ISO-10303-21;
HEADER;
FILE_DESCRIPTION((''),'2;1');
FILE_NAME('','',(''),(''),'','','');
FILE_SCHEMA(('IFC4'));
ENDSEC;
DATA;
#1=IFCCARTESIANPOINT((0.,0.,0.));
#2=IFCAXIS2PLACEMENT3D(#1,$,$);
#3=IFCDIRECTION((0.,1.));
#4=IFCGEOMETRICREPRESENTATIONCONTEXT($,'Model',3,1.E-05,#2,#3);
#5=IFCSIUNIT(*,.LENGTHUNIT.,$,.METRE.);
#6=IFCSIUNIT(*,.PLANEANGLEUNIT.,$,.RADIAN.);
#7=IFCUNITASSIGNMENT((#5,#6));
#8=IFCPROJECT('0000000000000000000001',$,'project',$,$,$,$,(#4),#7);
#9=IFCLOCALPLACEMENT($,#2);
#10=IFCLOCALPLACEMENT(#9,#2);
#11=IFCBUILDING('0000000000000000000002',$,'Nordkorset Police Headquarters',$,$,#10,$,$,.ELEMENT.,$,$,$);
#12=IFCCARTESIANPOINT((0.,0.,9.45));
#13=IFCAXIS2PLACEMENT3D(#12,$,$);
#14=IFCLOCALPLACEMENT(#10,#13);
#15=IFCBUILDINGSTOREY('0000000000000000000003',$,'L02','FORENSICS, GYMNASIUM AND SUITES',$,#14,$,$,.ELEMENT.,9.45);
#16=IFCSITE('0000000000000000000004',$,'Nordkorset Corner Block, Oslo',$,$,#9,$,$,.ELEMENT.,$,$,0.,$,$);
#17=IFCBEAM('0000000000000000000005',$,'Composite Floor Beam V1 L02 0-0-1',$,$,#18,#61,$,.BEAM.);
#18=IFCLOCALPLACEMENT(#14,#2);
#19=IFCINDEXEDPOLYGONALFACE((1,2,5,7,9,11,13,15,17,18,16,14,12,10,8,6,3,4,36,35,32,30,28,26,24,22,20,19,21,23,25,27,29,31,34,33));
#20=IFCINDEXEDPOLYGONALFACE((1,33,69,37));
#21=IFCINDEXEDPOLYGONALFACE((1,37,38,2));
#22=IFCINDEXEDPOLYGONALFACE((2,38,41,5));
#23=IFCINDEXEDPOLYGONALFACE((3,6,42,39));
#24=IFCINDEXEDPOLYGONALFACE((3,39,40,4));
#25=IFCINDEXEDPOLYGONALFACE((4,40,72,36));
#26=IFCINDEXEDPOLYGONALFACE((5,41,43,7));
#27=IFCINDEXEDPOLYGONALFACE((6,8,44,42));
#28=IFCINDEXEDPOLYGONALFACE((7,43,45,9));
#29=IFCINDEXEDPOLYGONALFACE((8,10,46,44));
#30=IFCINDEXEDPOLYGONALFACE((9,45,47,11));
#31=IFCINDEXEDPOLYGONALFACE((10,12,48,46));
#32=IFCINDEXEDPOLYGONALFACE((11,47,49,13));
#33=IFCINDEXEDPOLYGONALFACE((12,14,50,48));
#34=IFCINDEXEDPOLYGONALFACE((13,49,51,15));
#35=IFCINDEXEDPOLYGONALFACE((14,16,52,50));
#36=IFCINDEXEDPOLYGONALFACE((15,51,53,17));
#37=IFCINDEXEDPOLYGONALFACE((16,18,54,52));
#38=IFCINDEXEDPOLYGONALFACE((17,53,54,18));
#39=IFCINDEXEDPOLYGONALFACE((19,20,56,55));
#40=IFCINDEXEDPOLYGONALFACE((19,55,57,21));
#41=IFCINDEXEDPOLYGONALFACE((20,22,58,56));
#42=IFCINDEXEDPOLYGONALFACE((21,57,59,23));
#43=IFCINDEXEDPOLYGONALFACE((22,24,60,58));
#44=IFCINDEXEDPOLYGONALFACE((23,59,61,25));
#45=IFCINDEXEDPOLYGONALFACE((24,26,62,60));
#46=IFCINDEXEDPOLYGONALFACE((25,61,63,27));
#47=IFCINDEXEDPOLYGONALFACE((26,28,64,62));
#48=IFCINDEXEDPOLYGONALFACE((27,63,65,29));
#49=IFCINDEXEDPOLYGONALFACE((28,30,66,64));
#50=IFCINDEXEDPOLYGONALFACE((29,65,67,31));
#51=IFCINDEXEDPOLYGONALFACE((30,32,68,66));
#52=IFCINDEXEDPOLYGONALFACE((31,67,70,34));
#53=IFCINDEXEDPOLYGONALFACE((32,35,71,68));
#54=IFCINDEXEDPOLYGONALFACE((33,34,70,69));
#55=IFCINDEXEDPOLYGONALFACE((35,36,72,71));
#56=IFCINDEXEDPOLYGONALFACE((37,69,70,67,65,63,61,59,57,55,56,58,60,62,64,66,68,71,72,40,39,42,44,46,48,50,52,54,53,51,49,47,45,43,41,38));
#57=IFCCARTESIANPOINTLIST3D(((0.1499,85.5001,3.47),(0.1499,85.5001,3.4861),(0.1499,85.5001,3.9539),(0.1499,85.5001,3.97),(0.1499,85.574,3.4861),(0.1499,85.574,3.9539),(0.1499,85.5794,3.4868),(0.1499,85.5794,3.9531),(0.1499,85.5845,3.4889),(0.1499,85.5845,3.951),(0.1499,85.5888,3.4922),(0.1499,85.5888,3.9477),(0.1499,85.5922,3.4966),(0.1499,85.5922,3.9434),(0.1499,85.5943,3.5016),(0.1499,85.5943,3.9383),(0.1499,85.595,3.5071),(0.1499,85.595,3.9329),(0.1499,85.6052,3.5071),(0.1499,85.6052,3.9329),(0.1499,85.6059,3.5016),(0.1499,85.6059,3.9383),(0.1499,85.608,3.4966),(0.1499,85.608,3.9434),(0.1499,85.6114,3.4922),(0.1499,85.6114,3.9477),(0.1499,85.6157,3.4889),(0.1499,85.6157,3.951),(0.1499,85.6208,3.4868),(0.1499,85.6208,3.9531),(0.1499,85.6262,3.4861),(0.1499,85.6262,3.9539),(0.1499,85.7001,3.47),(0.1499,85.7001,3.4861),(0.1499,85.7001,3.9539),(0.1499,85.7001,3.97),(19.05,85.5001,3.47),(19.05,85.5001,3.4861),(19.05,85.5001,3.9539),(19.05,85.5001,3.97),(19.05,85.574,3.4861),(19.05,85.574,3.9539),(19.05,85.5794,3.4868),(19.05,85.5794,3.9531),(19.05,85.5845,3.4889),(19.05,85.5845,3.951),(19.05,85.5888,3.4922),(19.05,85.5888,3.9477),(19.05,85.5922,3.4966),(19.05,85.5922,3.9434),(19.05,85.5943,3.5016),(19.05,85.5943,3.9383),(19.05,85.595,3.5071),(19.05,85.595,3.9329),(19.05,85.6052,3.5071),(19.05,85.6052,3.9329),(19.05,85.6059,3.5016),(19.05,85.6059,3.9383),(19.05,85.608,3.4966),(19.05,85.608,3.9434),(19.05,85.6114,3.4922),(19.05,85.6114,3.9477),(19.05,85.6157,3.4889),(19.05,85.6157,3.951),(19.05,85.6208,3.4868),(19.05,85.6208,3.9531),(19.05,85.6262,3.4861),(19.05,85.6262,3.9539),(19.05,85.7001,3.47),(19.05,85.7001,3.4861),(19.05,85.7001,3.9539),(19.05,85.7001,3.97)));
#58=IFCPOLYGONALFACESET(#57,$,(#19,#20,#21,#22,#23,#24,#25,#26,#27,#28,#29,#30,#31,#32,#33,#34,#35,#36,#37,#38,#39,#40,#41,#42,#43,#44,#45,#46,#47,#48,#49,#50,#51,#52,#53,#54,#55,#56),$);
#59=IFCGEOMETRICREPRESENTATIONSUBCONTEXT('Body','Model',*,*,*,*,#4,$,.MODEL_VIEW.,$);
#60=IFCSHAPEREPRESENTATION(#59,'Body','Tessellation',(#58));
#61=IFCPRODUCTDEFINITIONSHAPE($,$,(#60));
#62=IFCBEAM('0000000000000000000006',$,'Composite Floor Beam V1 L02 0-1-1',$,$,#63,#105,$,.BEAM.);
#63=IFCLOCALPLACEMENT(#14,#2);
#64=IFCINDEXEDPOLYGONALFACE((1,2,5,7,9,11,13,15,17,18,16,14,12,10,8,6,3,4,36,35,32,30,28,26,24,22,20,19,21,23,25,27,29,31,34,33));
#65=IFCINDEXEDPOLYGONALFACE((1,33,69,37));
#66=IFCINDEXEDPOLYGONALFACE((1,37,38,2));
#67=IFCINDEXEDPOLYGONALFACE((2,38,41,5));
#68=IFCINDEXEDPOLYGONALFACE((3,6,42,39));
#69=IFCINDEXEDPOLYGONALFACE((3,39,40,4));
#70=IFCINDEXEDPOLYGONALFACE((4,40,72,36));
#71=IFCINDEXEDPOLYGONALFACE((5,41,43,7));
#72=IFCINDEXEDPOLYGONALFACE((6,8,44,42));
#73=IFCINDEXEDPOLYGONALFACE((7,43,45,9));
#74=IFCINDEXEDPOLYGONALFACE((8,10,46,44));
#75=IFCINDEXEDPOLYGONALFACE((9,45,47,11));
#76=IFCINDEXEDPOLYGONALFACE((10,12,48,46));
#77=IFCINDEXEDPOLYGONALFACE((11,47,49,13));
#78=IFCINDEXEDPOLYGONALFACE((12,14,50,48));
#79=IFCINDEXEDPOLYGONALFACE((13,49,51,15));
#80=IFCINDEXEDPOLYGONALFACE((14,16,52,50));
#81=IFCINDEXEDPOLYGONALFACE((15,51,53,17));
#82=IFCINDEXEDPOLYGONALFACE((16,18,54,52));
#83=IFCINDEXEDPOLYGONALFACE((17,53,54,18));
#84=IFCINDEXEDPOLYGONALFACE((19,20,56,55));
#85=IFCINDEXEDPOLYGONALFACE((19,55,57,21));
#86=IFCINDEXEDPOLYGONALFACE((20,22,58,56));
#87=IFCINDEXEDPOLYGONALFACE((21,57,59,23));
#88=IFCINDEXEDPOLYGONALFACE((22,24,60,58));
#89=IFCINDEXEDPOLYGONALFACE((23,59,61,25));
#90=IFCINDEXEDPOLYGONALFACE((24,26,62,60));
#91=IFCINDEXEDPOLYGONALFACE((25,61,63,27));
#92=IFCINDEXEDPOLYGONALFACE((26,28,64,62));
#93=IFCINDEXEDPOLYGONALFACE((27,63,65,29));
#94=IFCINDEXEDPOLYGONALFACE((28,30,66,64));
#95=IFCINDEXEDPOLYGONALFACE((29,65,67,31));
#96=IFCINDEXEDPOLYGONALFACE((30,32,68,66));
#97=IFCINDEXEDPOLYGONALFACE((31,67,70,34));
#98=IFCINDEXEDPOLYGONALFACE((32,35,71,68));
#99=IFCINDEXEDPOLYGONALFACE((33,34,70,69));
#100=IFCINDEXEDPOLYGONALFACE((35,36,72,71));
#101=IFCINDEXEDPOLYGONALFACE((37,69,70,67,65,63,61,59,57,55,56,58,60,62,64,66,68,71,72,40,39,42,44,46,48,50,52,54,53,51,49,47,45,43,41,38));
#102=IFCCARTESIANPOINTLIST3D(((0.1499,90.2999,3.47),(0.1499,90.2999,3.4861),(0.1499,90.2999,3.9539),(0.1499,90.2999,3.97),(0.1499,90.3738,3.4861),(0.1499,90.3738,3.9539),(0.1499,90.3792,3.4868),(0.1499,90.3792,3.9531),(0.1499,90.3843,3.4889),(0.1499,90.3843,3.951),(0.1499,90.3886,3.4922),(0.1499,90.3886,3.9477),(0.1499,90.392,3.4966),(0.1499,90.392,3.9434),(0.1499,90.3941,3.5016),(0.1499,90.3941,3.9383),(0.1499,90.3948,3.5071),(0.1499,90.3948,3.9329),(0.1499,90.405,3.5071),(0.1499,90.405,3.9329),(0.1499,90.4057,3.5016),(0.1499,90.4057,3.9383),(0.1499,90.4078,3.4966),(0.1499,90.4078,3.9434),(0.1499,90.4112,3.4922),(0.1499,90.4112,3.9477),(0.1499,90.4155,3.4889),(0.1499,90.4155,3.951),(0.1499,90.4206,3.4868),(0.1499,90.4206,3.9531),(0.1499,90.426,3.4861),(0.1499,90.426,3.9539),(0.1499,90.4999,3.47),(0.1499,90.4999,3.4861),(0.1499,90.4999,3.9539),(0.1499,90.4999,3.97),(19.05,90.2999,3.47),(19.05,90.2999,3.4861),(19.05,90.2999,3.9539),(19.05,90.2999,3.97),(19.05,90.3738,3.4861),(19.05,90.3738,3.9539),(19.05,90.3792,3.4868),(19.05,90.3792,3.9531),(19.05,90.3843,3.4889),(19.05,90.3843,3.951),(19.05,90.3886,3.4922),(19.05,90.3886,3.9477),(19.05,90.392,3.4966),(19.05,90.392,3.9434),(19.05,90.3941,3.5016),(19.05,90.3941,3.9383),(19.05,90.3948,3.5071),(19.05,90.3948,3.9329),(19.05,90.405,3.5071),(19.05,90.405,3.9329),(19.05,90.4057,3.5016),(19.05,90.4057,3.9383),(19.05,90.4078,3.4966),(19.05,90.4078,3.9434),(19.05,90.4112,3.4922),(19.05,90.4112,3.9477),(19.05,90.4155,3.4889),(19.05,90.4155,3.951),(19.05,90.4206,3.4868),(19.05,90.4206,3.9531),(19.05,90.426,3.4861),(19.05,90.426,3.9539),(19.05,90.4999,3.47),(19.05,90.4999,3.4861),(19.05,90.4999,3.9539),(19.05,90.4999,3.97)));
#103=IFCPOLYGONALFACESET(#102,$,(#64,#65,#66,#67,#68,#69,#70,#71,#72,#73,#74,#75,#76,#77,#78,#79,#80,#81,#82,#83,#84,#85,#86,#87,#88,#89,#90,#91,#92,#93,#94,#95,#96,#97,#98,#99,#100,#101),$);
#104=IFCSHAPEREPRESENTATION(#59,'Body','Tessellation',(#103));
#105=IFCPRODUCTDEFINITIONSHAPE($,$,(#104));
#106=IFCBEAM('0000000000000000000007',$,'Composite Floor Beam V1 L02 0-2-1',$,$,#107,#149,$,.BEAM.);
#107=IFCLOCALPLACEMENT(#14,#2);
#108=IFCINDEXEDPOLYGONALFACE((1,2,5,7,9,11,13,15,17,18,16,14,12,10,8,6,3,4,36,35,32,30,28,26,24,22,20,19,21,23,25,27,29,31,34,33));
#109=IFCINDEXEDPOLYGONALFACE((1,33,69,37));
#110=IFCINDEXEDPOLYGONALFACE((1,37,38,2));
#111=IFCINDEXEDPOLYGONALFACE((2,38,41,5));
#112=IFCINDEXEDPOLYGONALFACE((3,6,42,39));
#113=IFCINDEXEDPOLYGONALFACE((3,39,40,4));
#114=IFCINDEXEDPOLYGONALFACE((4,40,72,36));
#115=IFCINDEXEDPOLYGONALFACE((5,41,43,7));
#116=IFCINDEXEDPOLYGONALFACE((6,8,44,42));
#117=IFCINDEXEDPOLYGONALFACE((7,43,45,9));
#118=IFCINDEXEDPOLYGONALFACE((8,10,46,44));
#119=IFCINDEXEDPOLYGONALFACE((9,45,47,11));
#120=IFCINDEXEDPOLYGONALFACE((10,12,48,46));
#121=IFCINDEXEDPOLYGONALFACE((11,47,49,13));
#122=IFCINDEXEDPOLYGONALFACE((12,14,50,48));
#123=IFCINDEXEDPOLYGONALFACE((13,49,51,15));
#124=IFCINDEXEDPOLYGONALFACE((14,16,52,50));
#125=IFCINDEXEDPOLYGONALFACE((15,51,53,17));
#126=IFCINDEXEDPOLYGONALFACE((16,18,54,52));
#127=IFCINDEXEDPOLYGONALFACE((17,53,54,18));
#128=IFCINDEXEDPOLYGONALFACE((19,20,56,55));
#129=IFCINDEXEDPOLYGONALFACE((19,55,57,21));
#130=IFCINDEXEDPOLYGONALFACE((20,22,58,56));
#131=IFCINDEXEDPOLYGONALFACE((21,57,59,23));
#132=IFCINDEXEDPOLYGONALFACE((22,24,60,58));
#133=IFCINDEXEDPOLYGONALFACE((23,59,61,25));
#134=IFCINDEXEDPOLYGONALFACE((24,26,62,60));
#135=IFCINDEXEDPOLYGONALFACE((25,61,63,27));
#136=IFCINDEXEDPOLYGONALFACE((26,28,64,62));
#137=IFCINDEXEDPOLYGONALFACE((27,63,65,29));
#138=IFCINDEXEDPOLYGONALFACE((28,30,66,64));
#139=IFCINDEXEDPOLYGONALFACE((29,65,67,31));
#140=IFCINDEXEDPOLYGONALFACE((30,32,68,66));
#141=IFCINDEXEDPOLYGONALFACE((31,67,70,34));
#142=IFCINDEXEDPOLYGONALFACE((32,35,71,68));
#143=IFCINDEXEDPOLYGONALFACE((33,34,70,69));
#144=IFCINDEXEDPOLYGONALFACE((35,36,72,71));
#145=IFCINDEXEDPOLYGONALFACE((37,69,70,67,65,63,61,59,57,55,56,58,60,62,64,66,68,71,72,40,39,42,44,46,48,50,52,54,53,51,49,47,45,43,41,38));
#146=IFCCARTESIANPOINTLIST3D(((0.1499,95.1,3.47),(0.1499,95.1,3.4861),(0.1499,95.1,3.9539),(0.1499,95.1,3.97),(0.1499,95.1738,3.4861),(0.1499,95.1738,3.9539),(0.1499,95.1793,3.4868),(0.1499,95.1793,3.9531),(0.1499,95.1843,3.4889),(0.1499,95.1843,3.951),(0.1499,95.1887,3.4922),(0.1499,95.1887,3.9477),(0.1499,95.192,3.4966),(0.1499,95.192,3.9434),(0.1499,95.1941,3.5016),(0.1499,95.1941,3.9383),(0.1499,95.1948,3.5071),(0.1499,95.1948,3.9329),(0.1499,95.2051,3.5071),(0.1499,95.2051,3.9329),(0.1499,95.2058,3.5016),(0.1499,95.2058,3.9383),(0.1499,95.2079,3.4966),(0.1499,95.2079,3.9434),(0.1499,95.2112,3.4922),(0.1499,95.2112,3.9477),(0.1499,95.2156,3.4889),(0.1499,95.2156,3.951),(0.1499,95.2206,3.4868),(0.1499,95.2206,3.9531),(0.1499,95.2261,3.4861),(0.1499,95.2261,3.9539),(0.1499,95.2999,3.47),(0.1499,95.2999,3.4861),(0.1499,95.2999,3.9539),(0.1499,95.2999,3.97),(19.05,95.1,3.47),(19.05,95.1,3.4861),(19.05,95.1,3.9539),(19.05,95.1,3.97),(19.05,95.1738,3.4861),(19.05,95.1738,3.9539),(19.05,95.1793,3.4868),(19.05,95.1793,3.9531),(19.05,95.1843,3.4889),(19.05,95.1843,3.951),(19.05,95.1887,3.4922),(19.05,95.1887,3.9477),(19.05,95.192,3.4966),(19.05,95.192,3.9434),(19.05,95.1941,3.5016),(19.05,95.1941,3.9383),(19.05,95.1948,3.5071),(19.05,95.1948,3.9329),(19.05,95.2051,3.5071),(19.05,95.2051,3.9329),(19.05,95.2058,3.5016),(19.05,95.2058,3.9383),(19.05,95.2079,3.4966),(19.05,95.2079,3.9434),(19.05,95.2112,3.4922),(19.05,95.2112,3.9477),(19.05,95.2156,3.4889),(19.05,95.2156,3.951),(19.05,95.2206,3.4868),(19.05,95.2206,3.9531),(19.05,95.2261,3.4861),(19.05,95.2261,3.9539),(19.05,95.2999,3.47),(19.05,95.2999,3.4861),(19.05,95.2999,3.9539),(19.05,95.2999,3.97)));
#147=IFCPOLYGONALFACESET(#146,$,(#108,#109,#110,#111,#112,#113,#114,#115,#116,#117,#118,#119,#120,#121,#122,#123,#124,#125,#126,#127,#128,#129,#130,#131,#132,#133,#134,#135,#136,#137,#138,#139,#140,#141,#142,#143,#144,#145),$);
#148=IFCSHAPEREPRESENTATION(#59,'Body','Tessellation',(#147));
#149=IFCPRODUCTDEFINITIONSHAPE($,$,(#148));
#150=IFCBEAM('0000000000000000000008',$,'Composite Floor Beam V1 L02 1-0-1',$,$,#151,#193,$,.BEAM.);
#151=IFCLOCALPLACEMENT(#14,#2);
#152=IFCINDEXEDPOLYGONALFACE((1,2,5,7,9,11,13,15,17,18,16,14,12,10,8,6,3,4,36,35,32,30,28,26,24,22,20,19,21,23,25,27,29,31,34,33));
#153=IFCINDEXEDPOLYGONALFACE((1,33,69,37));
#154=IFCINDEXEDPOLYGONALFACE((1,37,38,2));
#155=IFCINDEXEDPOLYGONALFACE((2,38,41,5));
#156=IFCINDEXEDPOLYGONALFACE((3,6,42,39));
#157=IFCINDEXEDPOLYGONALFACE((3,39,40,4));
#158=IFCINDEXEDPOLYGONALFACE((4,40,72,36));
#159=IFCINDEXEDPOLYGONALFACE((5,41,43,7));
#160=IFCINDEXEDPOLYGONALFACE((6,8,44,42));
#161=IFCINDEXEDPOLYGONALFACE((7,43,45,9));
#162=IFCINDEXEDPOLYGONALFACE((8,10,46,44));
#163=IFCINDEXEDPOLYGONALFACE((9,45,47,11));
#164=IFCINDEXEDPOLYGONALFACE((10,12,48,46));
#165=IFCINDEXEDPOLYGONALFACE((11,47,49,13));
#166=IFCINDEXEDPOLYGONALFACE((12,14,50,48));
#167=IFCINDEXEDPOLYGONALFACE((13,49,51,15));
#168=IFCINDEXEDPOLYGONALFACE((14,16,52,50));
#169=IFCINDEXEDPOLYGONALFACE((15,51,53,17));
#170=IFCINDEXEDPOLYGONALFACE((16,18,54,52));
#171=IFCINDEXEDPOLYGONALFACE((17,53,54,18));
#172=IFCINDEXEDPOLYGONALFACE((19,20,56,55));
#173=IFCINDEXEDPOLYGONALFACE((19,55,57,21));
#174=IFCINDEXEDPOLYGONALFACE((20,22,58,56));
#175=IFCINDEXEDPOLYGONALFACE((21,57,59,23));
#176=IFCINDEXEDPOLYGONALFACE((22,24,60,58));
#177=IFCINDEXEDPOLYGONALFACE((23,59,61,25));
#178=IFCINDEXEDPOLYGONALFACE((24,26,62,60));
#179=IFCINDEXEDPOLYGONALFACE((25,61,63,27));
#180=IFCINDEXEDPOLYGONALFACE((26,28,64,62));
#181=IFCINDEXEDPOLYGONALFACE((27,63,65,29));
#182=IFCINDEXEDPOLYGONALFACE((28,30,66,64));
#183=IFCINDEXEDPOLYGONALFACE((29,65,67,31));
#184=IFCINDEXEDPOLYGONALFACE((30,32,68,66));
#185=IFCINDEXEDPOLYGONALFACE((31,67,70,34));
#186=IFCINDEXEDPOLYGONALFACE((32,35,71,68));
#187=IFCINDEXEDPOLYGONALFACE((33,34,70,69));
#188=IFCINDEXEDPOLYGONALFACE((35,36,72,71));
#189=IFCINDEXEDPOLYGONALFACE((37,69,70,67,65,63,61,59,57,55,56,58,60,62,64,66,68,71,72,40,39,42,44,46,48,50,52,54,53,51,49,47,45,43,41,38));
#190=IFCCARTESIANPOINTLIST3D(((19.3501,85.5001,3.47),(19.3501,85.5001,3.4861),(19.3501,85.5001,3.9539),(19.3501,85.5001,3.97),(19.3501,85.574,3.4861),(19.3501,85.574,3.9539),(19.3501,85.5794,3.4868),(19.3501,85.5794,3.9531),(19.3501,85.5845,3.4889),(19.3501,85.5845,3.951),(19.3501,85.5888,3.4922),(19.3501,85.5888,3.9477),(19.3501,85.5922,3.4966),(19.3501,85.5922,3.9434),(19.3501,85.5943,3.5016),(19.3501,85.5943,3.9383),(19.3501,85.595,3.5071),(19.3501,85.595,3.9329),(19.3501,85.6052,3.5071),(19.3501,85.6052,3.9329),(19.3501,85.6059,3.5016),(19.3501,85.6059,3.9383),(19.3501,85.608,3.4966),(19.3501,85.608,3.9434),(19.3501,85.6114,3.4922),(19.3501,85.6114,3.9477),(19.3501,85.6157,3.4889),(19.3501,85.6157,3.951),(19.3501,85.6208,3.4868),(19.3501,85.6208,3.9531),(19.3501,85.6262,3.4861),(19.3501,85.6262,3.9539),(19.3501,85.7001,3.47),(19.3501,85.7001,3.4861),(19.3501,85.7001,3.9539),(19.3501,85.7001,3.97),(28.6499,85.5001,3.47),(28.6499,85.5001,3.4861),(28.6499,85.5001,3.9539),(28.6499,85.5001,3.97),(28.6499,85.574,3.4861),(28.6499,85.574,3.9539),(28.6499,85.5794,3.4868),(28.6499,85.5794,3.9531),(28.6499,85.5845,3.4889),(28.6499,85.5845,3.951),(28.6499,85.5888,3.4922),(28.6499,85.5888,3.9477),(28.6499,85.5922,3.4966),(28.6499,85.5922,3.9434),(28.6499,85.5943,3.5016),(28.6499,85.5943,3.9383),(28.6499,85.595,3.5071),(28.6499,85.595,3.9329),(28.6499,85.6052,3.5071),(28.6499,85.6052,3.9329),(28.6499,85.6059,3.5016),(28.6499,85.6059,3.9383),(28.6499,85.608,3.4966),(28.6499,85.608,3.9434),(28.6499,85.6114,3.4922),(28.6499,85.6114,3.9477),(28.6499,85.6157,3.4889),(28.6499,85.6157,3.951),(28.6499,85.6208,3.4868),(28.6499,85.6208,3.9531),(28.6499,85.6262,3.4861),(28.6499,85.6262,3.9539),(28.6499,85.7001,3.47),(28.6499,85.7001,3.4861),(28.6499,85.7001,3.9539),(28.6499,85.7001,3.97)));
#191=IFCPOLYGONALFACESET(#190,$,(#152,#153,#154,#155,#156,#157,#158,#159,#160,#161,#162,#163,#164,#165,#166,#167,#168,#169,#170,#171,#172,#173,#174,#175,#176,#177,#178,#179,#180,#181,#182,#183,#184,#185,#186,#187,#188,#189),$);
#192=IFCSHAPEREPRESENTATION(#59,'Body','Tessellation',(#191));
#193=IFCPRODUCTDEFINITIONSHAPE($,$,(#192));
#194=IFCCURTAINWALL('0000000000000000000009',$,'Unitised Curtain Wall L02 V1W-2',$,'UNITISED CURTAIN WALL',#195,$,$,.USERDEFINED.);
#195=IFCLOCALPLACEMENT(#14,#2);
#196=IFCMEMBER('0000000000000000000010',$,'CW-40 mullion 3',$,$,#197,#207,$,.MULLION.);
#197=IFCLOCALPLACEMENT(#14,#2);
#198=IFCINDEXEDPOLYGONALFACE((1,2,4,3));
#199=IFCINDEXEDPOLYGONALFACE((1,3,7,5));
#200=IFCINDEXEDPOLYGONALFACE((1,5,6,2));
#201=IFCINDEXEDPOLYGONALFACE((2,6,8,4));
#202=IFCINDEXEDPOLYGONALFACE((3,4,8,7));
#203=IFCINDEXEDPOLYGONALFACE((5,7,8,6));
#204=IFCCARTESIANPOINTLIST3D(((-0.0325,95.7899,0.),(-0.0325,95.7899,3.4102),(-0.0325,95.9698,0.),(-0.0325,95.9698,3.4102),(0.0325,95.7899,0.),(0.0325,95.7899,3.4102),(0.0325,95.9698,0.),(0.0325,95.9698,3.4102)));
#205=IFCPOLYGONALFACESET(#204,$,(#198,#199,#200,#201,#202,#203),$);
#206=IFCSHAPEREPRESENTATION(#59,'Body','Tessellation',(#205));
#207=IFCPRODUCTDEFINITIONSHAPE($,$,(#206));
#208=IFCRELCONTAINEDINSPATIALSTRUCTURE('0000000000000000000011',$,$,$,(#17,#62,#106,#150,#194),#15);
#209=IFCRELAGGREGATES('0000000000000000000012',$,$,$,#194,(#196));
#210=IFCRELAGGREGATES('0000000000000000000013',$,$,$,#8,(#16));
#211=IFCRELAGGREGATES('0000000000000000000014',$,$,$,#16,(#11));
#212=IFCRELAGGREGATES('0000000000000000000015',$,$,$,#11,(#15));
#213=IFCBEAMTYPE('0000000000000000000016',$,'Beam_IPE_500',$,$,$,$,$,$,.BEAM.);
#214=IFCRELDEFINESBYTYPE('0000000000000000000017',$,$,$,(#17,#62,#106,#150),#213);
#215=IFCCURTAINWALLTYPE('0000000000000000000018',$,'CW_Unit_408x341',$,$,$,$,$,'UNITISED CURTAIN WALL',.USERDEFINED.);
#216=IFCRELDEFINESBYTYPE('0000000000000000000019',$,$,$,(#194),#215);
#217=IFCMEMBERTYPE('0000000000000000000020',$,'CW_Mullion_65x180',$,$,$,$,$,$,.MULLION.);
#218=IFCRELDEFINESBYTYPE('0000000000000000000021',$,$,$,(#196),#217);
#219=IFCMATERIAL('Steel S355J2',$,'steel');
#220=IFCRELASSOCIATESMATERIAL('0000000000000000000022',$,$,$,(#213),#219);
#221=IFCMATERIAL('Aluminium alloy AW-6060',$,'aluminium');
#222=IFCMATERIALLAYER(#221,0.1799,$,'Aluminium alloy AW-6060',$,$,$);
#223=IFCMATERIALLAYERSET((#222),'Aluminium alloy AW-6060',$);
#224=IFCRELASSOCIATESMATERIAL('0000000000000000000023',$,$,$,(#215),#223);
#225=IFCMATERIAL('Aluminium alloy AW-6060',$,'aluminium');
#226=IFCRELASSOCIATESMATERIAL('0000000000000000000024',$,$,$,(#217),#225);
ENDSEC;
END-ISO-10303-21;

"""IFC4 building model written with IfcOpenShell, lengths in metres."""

from ifc_helpers import new_model, si_unit, direction, frame, origin, origin_2d, place, context, subcontext, project, spatial, rectangle, i_section, extrude, material, layer, layer_set, material_profile, profile_set, type_object, element, aggregate, save


model = new_model("IFC4")

# Units and contexts
model_context = context("Model", 3, precision=1e-05, world=origin(), true_north=direction((0.0, 1.0)))
body_context = subcontext(model_context, "Body", "Model", "MODEL_VIEW")
ifc_project = project(units=[si_unit("LENGTHUNIT", "METRE"), si_unit("PLANEANGLEUNIT", "RADIAN")], contexts=[model_context])

# Site, building, storey
site_placement = place(None, origin())
site = spatial("IfcSite", under=ifc_project, at=site_placement, Name="Nordkorset Corner Block, Oslo", CompositionType="ELEMENT", RefElevation=0.0)
building_placement = place(site_placement, origin())
building = spatial("IfcBuilding", under=site, at=building_placement, Name="Nordkorset Police Headquarters", CompositionType="ELEMENT")
storey_placement = place(building_placement, frame((0.0, 0.0, 9.45)))
storey = spatial("IfcBuildingStorey", under=building, at=storey_placement, Name="L02", Description="FORENSICS, GYMNASIUM AND SUITES", CompositionType="ELEMENT", Elevation=9.45)

# Beams
ifc_material_1 = material(Name="Steel S355J2", Category="steel")
ifc_material_profile_1 = material_profile(ifc_material_1, i_section(OverallWidth=0.2, OverallDepth=0.5, WebThickness=0.0103, FlangeThickness=0.0161, FilletRadius=0.021, at=origin_2d()), Name="IPE 500")
ifc_profile_set_1 = profile_set([ifc_material_profile_1], Name="Steel S355J2")
beam_type_1 = type_object("IfcBeamType", Name="Beam_IPE_500", PredefinedType="BEAM", material=ifc_profile_set_1)
for number, where, z_axis, x_axis, name in (
    (1, (0.1499, 85.6001, 3.72), (1.0, 0.0, 0.0), (0.0, 1.0, 0.0), "Composite Floor Beam V1 L02 0-0-1"),
    (2, (0.1499, 90.3999, 3.72), (1.0, 0.0, 0.0), (0.0, 1.0, 0.0), "Composite Floor Beam V1 L02 0-1-1"),
    (3, (0.1499, 95.2, 3.72), (1.0, 0.0, 0.0), (0.0, 1.0, 0.0), "Composite Floor Beam V1 L02 0-2-1"),
):
    element("IfcBeam", number, at=place(storey_placement, frame(where, z_axis=z_axis, x_axis=x_axis)), inside=storey, type_object=beam_type_1, Name=name, PredefinedType="BEAM", context=body_context, shape_type="SweptSolid", body=[
        extrude(i_section(OverallWidth=0.2, OverallDepth=0.5, WebThickness=0.0103, FlangeThickness=0.0161, FilletRadius=0.021, at=origin_2d()), origin(), (0.0, 0.0, 1.0), 18.9001),
    ])
beam_1_placement = place(storey_placement, frame((19.3501, 85.6001, 3.72), z_axis=(1.0, 0.0, 0.0), x_axis=(0.0, 1.0, 0.0)))
element("IfcBeam", 4, at=beam_1_placement, inside=storey, type_object=beam_type_1, Name="Composite Floor Beam V1 L02 1-0-1", PredefinedType="BEAM", context=body_context, shape_type="SweptSolid", body=[
    extrude(i_section(OverallWidth=0.2, OverallDepth=0.5, WebThickness=0.0103, FlangeThickness=0.0161, FilletRadius=0.021, at=origin_2d()), origin(), (0.0, 0.0, 1.0), 9.2998),
])

# Curtain wall, member
ifc_material_2 = material(Name="Aluminium alloy AW-6060", Category="aluminium")
ifc_layer_1 = layer(ifc_material_2, 0.1799, Name="Aluminium alloy AW-6060")
ifc_layer_set_1 = layer_set([ifc_layer_1], Name="Aluminium alloy AW-6060")
curtain_wall_type = type_object("IfcCurtainWallType", Name="CW_Unit_408x341", ElementType="UNITISED CURTAIN WALL", PredefinedType="USERDEFINED", material=ifc_layer_set_1)
curtain_wall_placement = place(storey_placement, origin())
curtain_wall = element("IfcCurtainWall", 5, at=curtain_wall_placement, inside=storey, type_object=curtain_wall_type, Name="Unitised Curtain Wall L02 V1W-2", ObjectType="UNITISED CURTAIN WALL", PredefinedType="USERDEFINED")
ifc_material_3 = material(Name="Aluminium alloy AW-6060", Category="aluminium")
ifc_material_profile_2 = material_profile(ifc_material_3, rectangle(XDim=0.0649, YDim=0.1799, at=origin_2d()), Name="ALU MULL 65x180")
ifc_profile_set_2 = profile_set([ifc_material_profile_2], Name="Aluminium alloy AW-6060")
member_type_1 = type_object("IfcMemberType", Name="CW_Mullion_65x180", PredefinedType="MULLION", material=ifc_profile_set_2)
member_1_placement = place(storey_placement, frame((0.0, 95.8799, 0.0), z_axis=(0.0, 0.0, 1.0), x_axis=(-1.0, 0.0, 0.0)))
member_1 = element("IfcMember", 6, at=member_1_placement, type_object=member_type_1, Name="CW-40 mullion 3", PredefinedType="MULLION", context=body_context, shape_type="SweptSolid", body=[
    extrude(rectangle(XDim=0.0649, YDim=0.1799, at=origin_2d()), origin(), (0.0, 0.0, 1.0), 3.4102),
])

aggregate(curtain_wall, [member_1])

save(model, "model.ifc")
